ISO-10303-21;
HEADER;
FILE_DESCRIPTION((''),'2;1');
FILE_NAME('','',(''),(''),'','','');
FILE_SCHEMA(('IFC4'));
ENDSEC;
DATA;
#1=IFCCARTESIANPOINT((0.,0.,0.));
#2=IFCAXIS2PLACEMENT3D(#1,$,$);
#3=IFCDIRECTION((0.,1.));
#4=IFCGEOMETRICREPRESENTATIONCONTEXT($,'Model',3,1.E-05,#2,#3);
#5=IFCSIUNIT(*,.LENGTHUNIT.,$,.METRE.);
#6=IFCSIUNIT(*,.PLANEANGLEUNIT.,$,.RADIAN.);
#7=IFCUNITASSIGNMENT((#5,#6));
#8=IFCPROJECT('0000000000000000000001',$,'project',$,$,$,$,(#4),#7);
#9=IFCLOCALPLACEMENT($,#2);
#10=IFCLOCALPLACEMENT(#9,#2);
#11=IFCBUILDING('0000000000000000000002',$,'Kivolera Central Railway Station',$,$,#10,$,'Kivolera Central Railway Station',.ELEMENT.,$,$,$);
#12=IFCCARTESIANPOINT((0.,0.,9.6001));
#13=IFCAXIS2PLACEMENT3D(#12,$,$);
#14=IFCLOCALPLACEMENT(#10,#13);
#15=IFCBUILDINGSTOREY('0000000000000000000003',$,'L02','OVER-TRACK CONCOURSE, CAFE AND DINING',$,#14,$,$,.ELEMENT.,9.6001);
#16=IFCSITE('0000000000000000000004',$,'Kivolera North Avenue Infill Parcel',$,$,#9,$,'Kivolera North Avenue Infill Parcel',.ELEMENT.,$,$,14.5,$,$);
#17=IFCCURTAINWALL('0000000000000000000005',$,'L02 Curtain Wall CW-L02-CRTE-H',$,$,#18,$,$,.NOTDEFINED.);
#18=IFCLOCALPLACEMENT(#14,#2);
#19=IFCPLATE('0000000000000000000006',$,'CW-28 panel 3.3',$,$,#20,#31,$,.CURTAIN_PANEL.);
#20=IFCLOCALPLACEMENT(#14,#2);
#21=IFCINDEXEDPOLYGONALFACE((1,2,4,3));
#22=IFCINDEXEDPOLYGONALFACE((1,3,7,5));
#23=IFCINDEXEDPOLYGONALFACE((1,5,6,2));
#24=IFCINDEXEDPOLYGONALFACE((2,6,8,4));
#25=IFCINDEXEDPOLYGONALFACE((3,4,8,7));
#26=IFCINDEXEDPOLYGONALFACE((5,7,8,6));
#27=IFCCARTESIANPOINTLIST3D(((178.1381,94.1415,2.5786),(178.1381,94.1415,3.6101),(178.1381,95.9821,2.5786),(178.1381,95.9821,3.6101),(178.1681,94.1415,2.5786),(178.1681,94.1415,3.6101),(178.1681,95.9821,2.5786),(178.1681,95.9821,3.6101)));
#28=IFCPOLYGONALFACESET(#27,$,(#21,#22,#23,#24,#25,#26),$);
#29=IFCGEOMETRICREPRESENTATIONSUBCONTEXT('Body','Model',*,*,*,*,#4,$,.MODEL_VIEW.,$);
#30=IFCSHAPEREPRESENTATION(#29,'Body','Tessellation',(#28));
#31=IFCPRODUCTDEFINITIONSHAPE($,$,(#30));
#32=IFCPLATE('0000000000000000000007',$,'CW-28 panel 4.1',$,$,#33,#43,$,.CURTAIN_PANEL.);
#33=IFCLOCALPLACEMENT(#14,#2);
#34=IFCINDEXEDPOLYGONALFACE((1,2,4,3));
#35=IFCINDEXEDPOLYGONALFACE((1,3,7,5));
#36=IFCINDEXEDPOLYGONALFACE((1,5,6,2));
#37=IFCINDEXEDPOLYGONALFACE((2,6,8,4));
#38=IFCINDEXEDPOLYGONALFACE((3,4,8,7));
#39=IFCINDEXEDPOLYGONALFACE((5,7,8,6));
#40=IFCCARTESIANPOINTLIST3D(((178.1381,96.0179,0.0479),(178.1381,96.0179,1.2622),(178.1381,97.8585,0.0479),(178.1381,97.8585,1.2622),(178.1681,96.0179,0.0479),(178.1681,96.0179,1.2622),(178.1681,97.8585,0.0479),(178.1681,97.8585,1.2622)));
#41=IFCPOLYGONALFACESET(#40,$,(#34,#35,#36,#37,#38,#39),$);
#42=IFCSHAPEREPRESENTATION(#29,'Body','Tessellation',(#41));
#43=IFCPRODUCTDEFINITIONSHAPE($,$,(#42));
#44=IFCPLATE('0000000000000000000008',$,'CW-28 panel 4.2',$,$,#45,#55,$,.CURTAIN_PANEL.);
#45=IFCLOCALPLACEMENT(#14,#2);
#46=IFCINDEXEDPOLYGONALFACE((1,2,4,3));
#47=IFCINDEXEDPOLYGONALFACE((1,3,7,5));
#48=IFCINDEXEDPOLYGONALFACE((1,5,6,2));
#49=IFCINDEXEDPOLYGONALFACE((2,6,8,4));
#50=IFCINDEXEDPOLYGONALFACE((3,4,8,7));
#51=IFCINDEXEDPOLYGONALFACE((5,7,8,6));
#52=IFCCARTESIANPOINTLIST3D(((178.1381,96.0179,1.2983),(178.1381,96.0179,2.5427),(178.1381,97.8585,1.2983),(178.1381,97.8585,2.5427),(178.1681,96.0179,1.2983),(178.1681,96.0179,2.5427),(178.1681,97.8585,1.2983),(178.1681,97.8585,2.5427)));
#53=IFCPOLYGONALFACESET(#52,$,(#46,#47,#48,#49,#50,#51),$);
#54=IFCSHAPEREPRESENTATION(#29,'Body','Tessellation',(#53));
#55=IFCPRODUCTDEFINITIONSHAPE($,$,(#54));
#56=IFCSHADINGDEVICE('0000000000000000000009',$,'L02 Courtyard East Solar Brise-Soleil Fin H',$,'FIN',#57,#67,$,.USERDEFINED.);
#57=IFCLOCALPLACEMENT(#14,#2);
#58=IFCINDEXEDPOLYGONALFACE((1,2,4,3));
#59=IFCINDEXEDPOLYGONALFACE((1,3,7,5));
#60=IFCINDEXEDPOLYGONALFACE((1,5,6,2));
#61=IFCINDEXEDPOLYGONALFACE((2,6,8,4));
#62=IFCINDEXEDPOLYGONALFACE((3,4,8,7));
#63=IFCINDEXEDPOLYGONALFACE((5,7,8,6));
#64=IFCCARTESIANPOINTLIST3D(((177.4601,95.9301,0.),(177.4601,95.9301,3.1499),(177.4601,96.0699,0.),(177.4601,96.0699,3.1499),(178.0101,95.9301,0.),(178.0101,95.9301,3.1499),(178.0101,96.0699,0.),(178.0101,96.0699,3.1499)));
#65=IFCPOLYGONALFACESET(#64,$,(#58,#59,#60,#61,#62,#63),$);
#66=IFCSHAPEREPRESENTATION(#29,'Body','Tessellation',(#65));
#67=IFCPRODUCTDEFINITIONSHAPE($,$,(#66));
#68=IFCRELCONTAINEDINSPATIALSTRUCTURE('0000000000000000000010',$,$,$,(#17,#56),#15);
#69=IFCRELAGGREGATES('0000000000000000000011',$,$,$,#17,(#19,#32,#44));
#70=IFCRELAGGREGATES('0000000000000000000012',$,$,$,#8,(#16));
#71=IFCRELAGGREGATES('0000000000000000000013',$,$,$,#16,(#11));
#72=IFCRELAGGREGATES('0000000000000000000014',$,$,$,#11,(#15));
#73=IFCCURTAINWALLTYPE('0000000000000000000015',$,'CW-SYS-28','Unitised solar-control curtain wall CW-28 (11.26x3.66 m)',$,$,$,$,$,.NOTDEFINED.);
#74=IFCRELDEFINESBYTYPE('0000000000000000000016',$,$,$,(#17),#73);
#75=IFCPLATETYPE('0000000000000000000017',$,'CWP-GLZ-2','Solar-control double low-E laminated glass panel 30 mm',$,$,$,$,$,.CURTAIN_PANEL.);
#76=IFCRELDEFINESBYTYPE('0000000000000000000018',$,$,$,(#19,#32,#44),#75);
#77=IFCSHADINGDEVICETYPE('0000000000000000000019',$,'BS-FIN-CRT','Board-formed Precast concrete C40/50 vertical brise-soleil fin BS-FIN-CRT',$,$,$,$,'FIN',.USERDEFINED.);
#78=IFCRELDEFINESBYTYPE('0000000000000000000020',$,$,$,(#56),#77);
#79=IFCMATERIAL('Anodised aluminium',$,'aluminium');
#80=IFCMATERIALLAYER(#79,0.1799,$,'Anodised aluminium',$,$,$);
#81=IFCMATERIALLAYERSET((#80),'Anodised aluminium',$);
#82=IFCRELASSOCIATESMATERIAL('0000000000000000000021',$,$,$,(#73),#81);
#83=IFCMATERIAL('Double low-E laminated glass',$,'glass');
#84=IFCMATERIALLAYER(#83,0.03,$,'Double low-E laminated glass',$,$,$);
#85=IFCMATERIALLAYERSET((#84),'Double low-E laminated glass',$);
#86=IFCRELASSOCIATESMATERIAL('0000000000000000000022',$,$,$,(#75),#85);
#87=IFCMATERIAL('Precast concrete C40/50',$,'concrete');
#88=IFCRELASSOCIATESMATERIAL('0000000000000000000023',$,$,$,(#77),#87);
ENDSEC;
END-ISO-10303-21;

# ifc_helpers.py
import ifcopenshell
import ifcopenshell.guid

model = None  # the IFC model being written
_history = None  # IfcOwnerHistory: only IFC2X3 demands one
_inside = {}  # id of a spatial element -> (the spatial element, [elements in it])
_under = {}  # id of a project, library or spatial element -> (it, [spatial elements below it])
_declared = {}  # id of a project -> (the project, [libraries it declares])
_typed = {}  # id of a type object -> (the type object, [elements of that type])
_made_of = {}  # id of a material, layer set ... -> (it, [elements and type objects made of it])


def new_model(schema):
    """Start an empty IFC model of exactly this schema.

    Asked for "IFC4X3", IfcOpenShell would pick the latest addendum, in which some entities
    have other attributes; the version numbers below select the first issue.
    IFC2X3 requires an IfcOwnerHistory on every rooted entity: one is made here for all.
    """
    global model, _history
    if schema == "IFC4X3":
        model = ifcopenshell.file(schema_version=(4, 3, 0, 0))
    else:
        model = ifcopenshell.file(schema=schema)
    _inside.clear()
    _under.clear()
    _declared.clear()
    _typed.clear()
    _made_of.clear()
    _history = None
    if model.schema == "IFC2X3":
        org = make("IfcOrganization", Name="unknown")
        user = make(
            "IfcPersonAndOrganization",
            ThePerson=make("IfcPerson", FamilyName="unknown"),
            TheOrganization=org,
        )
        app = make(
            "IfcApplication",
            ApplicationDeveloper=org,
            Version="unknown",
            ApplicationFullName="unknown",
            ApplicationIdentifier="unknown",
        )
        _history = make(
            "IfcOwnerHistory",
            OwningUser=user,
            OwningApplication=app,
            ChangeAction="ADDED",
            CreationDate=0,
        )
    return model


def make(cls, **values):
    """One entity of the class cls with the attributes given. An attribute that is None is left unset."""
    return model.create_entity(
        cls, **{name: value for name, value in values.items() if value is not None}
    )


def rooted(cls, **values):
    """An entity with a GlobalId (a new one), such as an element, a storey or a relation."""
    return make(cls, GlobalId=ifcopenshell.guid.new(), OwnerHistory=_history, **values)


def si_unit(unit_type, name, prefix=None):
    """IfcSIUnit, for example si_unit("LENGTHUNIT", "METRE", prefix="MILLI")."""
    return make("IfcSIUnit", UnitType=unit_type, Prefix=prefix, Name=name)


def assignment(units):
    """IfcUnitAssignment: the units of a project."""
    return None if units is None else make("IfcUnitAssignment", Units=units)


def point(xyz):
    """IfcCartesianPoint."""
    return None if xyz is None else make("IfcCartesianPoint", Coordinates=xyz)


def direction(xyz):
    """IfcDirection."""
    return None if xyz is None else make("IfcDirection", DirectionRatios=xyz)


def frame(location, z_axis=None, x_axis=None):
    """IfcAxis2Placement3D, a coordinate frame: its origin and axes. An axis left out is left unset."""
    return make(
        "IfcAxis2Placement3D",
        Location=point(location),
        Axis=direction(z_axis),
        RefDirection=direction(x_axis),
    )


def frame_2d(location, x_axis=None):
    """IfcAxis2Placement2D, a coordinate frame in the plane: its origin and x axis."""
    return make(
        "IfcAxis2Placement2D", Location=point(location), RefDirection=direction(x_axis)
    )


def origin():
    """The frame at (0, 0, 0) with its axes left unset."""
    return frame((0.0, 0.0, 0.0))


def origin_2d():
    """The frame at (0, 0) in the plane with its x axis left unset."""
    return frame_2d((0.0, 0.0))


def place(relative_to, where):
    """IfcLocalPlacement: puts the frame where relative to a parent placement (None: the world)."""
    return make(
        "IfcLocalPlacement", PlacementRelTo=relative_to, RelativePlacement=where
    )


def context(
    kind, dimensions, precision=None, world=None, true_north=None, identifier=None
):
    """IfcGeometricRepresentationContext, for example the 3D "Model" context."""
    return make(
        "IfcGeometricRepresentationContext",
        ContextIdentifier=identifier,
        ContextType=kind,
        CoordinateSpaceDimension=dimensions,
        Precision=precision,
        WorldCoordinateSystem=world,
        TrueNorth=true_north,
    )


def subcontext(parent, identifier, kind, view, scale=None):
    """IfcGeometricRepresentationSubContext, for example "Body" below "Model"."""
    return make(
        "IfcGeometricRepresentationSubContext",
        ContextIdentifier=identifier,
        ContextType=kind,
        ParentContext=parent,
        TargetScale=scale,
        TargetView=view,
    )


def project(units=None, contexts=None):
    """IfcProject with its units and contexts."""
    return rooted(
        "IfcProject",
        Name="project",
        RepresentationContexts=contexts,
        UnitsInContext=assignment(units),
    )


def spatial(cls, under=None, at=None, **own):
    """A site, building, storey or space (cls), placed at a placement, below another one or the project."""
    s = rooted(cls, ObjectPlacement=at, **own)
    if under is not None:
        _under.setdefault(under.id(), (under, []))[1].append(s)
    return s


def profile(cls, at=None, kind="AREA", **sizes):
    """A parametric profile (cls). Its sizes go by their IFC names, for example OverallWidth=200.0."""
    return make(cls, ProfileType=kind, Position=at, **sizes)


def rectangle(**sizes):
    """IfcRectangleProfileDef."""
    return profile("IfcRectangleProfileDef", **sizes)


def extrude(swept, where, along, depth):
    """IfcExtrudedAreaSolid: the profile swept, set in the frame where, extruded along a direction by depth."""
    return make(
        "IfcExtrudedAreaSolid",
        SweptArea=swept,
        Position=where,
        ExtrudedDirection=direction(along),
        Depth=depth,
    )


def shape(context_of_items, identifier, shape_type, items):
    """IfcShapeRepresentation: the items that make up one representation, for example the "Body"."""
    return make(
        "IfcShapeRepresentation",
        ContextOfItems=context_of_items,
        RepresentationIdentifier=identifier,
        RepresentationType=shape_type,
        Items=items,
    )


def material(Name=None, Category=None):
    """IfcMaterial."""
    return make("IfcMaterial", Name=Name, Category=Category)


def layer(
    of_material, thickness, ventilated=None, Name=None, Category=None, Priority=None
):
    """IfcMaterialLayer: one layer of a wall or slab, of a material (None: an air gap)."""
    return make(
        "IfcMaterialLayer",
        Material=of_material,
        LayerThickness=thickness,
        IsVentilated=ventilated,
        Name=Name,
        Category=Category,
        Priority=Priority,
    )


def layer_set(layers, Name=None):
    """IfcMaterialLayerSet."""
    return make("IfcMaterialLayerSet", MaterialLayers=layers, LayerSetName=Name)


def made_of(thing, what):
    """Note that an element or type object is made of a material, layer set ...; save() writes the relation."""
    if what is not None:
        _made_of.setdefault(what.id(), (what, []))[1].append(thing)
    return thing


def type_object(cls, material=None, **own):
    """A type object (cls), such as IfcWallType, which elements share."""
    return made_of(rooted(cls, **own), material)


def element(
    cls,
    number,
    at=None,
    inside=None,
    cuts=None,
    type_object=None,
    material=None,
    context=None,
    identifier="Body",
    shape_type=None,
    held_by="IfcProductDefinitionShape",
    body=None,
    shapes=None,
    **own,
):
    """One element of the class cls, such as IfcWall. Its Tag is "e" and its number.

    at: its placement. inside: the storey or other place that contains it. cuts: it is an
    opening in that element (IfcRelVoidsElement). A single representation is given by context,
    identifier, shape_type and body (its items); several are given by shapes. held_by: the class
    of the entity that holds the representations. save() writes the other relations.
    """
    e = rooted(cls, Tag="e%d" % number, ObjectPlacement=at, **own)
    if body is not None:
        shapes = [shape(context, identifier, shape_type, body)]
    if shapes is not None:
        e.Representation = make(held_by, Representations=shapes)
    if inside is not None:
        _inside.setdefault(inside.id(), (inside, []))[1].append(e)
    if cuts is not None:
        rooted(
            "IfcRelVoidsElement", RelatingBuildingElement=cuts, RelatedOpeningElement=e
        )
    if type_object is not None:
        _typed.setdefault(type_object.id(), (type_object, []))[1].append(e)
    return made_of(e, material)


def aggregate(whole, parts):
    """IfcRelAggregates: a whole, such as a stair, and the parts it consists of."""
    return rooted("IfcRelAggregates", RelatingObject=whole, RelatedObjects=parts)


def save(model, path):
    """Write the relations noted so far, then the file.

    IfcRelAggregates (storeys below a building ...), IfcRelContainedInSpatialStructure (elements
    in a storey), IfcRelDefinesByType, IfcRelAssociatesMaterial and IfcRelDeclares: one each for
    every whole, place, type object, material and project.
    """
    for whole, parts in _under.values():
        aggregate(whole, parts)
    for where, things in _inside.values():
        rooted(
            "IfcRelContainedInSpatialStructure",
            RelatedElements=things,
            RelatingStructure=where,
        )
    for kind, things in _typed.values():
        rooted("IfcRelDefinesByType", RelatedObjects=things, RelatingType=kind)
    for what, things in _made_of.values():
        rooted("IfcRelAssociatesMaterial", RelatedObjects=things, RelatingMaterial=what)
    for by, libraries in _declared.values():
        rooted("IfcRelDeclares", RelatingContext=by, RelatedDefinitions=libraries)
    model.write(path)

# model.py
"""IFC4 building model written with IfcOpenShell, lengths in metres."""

from ifc_helpers import new_model, si_unit, direction, frame, origin, origin_2d, place, context, subcontext, project, spatial, rectangle, extrude, material, layer, layer_set, type_object, element, aggregate, save


model = new_model("IFC4")

# Units and contexts
model_context = context("Model", 3, precision=1e-05, world=origin(), true_north=direction((0.0, 1.0)))
body_context = subcontext(model_context, "Body", "Model", "MODEL_VIEW")
ifc_project = project(units=[si_unit("LENGTHUNIT", "METRE"), si_unit("PLANEANGLEUNIT", "RADIAN")], contexts=[model_context])

# Site, building, storey
site_placement = place(None, origin())
site = spatial("IfcSite", under=ifc_project, at=site_placement, Name="Kivolera North Avenue Infill Parcel", LongName="Kivolera North Avenue Infill Parcel", CompositionType="ELEMENT", RefElevation=14.5)
building_placement = place(site_placement, origin())
building = spatial("IfcBuilding", under=site, at=building_placement, Name="Kivolera Central Railway Station", LongName="Kivolera Central Railway Station", CompositionType="ELEMENT")
storey_placement = place(building_placement, frame((0.0, 0.0, 9.6001)))
storey = spatial("IfcBuildingStorey", under=building, at=storey_placement, Name="L02", Description="OVER-TRACK CONCOURSE, CAFE AND DINING", CompositionType="ELEMENT", Elevation=9.6001)

# Curtain wall, plates
ifc_material_1 = material(Name="Anodised aluminium", Category="aluminium")
ifc_layer_1 = layer(ifc_material_1, 0.1799, Name="Anodised aluminium")
ifc_layer_set_1 = layer_set([ifc_layer_1], Name="Anodised aluminium")
curtain_wall_type = type_object("IfcCurtainWallType", Name="CW-SYS-28", Description="Unitised solar-control curtain wall CW-28 (11.26x3.66 m)", PredefinedType="NOTDEFINED", material=ifc_layer_set_1)
curtain_wall_placement = place(storey_placement, origin())
curtain_wall = element("IfcCurtainWall", 1, at=curtain_wall_placement, inside=storey, type_object=curtain_wall_type, Name="L02 Curtain Wall CW-L02-CRTE-H", PredefinedType="NOTDEFINED")
ifc_material_2 = material(Name="Double low-E laminated glass", Category="glass")
ifc_layer_2 = layer(ifc_material_2, 0.03, Name="Double low-E laminated glass")
ifc_layer_set_2 = layer_set([ifc_layer_2], Name="Double low-E laminated glass")
plate_type = type_object("IfcPlateType", Name="CWP-GLZ-2", Description="Solar-control double low-E laminated glass panel 30 mm", PredefinedType="CURTAIN_PANEL", material=ifc_layer_set_2)
plate_1_placement = place(storey_placement, frame((178.1531, 95.0618, 2.5786), z_axis=(0.0, 0.0, 1.0), x_axis=(0.0, 1.0, 0.0)))
plate_1 = element("IfcPlate", 2, at=plate_1_placement, type_object=plate_type, Name="CW-28 panel 3.3", PredefinedType="CURTAIN_PANEL", context=body_context, shape_type="SweptSolid", body=[
    extrude(rectangle(XDim=1.8406, YDim=0.03, at=origin_2d()), origin(), (0.0, 0.0, 1.0), 1.0315),
])
plate_2_placement = place(storey_placement, frame((178.1531, 96.9382, 0.0479), z_axis=(0.0, 0.0, 1.0), x_axis=(0.0, 1.0, 0.0)))
plate_2 = element("IfcPlate", 3, at=plate_2_placement, type_object=plate_type, Name="CW-28 panel 4.1", PredefinedType="CURTAIN_PANEL", context=body_context, shape_type="SweptSolid", body=[
    extrude(rectangle(XDim=1.8406, YDim=0.03, at=origin_2d()), origin(), (0.0, 0.0, 1.0), 1.2144),
])
plate_3_placement = place(storey_placement, frame((178.1531, 96.9382, 1.2983), z_axis=(0.0, 0.0, 1.0), x_axis=(0.0, 1.0, 0.0)))
plate_3 = element("IfcPlate", 4, at=plate_3_placement, type_object=plate_type, Name="CW-28 panel 4.2", PredefinedType="CURTAIN_PANEL", context=body_context, shape_type="SweptSolid", body=[
    extrude(rectangle(XDim=1.8406, YDim=0.03, at=origin_2d()), origin(), (0.0, 0.0, 1.0), 1.2444),
])
aggregate(curtain_wall, [plate_1, plate_2, plate_3])

# Shading device
ifc_material_3 = material(Name="Precast concrete C40/50", Category="concrete")
shading_device_type = type_object("IfcShadingDeviceType", Name="BS-FIN-CRT", Description="Board-formed Precast concrete C40/50 vertical brise-soleil fin BS-FIN-CRT", ElementType="FIN", PredefinedType="USERDEFINED", material=ifc_material_3)
shading_device_placement = place(storey_placement, frame((177.7351, 96.0, 0.0), z_axis=(0.0, 0.0, 1.0), x_axis=(1.0, 0.0, 0.0)))
element("IfcShadingDevice", 5, at=shading_device_placement, inside=storey, type_object=shading_device_type, Name="L02 Courtyard East Solar Brise-Soleil Fin H", ObjectType="FIN", PredefinedType="USERDEFINED", context=body_context, shape_type="SweptSolid", body=[
    extrude(rectangle(XDim=0.55, YDim=0.1399, at=origin_2d()), origin(), (0.0, 0.0, 1.0), 3.1499),
])

save(model, "model.ifc")
